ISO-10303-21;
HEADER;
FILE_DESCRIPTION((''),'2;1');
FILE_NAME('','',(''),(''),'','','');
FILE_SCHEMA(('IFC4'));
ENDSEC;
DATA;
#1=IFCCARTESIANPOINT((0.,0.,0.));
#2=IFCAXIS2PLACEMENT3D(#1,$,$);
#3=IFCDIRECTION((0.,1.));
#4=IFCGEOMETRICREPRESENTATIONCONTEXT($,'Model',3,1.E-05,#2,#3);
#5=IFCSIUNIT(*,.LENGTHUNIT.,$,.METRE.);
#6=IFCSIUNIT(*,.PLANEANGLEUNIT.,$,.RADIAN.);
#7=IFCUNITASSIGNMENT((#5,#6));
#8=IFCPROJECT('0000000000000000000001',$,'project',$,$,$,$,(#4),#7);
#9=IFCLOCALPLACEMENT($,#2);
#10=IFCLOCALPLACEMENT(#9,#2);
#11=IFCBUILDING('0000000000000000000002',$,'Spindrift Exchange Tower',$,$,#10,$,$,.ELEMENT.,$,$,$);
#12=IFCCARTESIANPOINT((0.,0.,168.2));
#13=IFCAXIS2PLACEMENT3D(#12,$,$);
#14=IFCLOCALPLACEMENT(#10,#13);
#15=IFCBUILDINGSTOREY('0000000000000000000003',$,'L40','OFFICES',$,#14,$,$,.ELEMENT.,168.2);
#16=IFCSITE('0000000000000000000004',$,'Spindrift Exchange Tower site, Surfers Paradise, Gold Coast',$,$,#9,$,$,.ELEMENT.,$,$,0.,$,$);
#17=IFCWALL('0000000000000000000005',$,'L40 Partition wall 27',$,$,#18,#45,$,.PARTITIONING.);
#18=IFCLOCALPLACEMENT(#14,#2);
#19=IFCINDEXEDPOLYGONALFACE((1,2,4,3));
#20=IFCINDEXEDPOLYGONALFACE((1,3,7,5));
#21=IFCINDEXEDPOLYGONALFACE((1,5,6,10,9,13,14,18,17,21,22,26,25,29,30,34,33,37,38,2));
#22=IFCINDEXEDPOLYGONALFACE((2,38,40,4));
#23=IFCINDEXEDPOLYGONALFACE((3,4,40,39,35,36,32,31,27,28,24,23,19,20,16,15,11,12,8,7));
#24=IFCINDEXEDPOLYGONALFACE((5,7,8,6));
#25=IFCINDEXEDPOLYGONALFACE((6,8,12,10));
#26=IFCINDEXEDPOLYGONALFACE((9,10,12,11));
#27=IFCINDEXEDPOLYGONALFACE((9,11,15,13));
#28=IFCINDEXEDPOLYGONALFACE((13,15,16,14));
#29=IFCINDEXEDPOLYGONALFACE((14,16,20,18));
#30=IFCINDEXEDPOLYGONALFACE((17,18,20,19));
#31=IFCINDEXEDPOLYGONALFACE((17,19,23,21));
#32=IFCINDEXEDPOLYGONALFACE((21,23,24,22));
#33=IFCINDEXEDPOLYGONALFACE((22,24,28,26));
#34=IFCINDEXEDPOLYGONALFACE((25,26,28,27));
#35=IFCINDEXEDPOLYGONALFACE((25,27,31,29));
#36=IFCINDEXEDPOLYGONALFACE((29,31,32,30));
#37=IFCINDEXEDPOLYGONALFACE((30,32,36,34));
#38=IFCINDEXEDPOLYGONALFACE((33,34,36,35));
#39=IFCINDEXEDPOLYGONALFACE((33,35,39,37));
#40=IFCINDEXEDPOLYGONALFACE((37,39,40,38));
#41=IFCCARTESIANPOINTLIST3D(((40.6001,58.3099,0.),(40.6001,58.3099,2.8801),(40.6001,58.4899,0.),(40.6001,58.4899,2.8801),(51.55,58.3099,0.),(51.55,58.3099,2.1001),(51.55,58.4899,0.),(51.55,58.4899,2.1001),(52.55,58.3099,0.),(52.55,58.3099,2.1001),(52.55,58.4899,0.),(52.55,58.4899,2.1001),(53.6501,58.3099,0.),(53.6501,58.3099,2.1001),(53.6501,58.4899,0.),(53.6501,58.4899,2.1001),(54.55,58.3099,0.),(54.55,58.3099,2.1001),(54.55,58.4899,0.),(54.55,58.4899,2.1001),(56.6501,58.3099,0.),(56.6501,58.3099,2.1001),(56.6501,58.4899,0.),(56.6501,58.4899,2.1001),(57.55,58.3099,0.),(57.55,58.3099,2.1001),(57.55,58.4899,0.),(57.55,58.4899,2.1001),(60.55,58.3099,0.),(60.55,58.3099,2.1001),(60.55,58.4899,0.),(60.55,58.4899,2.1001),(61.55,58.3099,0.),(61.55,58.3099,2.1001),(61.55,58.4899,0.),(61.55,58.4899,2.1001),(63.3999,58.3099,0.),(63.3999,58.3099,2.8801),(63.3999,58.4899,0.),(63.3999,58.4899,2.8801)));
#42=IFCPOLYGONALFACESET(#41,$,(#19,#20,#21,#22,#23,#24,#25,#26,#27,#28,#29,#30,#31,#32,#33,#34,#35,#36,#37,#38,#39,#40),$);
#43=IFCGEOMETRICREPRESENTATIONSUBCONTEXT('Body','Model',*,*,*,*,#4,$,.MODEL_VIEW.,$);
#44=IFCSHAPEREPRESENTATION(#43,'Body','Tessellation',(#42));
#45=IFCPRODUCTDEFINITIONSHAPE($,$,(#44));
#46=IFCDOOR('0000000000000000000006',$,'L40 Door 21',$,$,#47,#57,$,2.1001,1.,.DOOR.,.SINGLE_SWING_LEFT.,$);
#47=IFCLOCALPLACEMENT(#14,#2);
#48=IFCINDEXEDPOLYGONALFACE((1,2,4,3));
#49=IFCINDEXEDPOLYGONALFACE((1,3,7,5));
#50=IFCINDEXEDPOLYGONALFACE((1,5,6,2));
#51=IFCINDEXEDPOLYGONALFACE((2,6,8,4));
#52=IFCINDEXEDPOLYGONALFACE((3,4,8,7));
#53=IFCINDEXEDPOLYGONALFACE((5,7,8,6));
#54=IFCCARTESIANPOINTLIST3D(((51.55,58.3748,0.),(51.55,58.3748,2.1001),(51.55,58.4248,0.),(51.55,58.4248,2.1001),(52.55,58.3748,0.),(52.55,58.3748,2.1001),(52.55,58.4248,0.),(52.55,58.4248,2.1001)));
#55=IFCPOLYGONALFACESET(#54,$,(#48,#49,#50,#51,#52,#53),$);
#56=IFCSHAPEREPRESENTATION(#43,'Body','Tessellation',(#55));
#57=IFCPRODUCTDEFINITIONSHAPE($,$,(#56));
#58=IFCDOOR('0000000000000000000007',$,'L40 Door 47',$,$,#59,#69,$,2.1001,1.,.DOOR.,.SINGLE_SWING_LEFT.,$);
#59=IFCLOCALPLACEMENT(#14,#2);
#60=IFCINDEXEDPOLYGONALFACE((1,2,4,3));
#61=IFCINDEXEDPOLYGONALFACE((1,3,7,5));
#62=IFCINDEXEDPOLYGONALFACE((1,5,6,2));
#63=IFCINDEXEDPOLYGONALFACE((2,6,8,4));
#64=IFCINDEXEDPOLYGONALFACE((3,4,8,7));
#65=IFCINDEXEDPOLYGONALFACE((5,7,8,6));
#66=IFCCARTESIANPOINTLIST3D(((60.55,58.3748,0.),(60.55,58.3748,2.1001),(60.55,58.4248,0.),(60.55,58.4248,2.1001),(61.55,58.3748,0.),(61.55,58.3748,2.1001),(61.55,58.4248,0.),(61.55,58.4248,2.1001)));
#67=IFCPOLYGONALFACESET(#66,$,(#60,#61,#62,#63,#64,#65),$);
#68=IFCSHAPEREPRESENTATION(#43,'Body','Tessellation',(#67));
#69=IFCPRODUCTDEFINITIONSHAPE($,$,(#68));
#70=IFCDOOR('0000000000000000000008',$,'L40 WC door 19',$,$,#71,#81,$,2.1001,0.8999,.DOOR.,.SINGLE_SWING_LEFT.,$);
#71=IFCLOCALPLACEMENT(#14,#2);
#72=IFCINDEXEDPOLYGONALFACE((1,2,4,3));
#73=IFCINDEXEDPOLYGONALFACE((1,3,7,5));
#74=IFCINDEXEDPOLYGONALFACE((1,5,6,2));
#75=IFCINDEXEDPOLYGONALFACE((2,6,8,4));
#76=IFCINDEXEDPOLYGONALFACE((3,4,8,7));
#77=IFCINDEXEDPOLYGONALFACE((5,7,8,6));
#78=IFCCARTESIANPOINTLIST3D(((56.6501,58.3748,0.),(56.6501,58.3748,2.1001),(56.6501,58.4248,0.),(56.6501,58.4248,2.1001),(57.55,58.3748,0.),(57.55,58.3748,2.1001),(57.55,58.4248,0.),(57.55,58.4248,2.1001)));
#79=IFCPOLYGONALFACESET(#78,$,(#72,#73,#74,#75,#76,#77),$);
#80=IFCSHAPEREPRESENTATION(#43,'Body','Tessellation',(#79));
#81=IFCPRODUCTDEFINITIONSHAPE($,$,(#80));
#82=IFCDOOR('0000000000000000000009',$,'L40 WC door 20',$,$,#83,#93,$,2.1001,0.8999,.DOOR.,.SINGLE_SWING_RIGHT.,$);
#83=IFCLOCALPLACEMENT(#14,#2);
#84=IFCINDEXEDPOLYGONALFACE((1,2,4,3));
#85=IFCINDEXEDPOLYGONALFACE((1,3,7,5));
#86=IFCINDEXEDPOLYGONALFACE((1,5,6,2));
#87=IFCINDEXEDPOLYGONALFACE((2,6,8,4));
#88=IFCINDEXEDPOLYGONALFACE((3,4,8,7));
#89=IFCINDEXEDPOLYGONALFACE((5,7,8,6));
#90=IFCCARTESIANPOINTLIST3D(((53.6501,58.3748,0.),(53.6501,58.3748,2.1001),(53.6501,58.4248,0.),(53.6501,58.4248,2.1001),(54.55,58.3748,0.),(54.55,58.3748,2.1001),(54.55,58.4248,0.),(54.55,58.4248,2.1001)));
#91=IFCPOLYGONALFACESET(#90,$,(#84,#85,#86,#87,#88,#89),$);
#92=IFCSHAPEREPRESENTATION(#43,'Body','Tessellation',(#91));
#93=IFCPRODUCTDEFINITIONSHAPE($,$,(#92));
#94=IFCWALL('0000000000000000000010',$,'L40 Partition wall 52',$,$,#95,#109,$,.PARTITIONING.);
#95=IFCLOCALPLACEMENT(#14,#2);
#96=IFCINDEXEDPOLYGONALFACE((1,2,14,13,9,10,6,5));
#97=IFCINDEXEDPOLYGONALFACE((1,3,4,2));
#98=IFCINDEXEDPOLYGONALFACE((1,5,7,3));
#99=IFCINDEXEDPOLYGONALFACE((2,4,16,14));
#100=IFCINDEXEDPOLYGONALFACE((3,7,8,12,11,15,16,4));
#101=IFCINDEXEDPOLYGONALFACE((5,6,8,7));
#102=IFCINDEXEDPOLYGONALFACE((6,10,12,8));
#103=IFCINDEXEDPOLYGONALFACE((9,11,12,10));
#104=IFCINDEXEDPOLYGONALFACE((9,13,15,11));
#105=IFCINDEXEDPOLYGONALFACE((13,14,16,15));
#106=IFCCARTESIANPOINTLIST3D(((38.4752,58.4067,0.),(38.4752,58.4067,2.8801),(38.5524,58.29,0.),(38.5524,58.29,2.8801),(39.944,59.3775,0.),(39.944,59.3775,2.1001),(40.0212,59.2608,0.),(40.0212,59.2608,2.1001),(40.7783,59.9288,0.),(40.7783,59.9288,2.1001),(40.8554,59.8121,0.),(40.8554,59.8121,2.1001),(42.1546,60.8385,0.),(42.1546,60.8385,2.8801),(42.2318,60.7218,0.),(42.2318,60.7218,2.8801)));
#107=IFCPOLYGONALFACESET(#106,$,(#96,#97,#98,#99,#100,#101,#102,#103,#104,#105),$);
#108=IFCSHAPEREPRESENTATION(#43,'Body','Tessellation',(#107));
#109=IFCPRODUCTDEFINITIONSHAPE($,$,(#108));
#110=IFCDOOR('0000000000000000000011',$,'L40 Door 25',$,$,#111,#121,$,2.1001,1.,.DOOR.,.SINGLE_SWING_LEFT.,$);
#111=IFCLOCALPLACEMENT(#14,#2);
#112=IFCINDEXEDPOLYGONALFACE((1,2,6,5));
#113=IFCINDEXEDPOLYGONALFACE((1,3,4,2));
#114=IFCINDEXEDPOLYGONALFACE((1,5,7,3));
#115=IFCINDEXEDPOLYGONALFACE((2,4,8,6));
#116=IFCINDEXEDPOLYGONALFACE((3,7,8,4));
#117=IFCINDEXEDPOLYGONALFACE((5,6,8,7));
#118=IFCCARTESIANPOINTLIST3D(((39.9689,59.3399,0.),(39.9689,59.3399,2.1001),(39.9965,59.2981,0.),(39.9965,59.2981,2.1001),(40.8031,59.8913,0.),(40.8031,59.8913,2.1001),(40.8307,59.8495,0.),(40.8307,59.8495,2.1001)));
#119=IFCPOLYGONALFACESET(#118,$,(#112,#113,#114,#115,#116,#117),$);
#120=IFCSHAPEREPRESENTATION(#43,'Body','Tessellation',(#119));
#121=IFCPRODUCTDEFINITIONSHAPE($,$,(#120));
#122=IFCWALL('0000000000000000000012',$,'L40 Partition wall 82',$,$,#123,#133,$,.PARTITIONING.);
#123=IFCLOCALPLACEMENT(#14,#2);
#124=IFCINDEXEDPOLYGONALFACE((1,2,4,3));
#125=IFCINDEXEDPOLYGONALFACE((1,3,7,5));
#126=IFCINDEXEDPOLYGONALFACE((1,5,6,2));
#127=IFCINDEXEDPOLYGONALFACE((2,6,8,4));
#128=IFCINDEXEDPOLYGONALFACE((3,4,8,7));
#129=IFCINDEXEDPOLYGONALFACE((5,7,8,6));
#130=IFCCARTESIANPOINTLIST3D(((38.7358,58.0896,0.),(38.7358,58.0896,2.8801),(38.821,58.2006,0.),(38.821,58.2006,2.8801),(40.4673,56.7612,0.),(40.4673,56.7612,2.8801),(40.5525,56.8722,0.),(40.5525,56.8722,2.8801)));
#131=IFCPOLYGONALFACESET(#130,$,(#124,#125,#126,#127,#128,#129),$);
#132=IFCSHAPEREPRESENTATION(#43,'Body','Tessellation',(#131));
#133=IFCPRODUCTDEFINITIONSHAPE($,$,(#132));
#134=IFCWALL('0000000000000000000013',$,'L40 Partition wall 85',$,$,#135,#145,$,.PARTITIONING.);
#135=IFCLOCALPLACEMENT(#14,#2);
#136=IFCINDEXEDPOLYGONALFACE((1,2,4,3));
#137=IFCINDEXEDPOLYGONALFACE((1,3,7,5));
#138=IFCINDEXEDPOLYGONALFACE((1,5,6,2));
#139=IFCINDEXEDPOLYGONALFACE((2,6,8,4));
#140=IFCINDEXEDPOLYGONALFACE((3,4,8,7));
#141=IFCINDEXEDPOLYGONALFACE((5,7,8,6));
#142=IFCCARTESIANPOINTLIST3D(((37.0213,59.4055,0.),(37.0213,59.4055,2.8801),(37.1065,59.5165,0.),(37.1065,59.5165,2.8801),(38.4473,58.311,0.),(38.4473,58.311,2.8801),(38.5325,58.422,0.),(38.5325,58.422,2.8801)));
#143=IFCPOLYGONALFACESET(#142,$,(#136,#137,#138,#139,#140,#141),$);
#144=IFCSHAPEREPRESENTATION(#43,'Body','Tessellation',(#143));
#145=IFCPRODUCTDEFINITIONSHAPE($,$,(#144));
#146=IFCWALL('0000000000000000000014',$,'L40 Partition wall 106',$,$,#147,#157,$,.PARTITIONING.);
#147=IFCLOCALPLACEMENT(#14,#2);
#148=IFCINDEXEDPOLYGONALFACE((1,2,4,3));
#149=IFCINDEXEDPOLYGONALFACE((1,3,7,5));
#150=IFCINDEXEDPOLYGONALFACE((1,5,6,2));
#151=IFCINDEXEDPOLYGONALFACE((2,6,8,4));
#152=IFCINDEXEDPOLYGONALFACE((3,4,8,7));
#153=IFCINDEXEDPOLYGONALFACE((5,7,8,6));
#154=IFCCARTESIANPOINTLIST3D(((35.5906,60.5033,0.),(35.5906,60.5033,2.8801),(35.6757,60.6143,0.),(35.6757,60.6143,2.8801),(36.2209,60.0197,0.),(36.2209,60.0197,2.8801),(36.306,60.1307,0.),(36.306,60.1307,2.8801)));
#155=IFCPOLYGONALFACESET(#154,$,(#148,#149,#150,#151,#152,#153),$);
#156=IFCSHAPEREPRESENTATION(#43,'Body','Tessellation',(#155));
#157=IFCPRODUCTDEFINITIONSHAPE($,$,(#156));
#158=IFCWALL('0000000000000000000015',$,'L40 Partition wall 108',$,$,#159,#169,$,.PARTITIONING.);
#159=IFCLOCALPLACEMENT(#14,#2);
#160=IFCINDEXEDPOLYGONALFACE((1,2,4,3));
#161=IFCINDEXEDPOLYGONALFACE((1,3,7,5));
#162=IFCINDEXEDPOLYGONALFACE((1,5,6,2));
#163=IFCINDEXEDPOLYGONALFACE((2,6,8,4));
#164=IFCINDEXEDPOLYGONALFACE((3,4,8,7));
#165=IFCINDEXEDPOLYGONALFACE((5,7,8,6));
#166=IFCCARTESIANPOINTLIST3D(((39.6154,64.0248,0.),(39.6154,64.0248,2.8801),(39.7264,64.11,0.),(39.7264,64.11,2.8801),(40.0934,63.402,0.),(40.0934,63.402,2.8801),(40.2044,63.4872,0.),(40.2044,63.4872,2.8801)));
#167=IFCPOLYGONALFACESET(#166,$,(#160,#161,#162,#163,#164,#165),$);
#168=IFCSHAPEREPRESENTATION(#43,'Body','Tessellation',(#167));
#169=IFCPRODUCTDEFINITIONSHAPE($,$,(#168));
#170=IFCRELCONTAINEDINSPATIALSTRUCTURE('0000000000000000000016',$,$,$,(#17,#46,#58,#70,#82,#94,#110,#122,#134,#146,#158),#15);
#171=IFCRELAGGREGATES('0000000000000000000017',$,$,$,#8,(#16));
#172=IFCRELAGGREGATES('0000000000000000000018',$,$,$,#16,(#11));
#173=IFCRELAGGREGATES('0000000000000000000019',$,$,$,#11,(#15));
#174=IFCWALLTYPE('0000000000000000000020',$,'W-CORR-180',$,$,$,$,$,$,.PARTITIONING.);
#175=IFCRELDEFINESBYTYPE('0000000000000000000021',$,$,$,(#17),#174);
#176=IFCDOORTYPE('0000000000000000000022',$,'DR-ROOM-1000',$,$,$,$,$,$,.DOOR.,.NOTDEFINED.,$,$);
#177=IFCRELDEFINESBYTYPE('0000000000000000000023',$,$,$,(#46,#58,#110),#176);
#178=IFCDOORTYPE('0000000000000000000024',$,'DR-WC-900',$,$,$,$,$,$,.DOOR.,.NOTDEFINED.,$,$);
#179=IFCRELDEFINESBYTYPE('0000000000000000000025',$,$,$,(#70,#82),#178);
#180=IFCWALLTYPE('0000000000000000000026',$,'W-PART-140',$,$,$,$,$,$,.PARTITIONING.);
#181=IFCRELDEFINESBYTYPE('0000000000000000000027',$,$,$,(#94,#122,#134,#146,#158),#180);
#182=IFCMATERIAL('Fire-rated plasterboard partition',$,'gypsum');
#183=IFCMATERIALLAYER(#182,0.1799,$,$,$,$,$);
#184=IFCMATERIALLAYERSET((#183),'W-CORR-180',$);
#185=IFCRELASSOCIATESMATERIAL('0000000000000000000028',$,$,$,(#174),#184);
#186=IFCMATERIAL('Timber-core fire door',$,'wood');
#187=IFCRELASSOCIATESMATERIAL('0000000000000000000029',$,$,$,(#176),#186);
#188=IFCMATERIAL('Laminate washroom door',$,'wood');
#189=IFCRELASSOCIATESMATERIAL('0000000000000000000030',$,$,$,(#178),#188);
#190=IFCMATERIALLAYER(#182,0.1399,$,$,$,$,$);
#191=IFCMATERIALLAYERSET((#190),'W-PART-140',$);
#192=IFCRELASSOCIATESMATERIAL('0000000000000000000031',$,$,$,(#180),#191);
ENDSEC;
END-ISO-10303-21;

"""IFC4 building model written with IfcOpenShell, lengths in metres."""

from ifc_helpers import new_model, si_unit, direction, frame, frame_2d, origin, place, context, subcontext, project, spatial, rectangle, extrude, source, transform, mapped, material, layer, layer_set, type_object, element, fill, save


model = new_model("IFC4")

# Units and contexts
model_context = context("Model", 3, precision=1e-05, world=origin(), true_north=direction((0.0, 1.0)))
body_context = subcontext(model_context, "Body", "Model", "MODEL_VIEW")
ifc_project = project(units=[si_unit("LENGTHUNIT", "METRE"), si_unit("PLANEANGLEUNIT", "RADIAN")], contexts=[model_context])

# Site, building, storey
site_placement = place(None, origin())
site = spatial("IfcSite", under=ifc_project, at=site_placement, Name="Spindrift Exchange Tower site, Surfers Paradise, Gold Coast", CompositionType="ELEMENT", RefElevation=0.0)
building_placement = place(site_placement, origin())
building = spatial("IfcBuilding", under=site, at=building_placement, Name="Spindrift Exchange Tower", CompositionType="ELEMENT")
storey_placement = place(building_placement, frame((0.0, 0.0, 168.2)))
storey = spatial("IfcBuildingStorey", under=building, at=storey_placement, Name="L40", Description="OFFICES", CompositionType="ELEMENT", Elevation=168.2)

# Wall, openings, doors
ifc_material_1 = material(Name="Fire-rated plasterboard partition", Category="gypsum")
ifc_layer_1 = layer(ifc_material_1, 0.1799)
ifc_layer_set_1 = layer_set([ifc_layer_1], Name="W-CORR-180")
wall_type_1 = type_object("IfcWallType", Name="W-CORR-180", PredefinedType="PARTITIONING", material=ifc_layer_set_1)
wall_1_placement = place(storey_placement, frame((40.6001, 58.3999, 0.0), z_axis=(0.0, 0.0, 1.0), x_axis=(1.0, 0.0, 0.0)))
wall_1 = element("IfcWall", 1, at=wall_1_placement, inside=storey, type_object=wall_type_1, Name="L40 Partition wall 27", PredefinedType="PARTITIONING", context=body_context, shape_type="SweptSolid", body=[
    extrude(rectangle(XDim=22.7998, YDim=0.1799, at=frame_2d((11.3999, 0.0))), origin(), (0.0, 0.0, 1.0), 2.8801),
])
opening_1_placement = place(wall_1_placement, frame((16.05, 0.0, 0.0)))
opening_1 = element("IfcOpeningElement", 2, at=opening_1_placement, cuts=wall_1, PredefinedType="OPENING", context=body_context, shape_type="SweptSolid", body=[
    extrude(rectangle(XDim=0.8999, YDim=2.1001, at=frame_2d((0.45, 1.05))), frame((0.0, 0.0999, 0.0), z_axis=(0.0, -1.0, 0.0), x_axis=(1.0, 0.0, 0.0)), (0.0, 0.0, 1.0), 0.2),
])
opening_2_placement = place(wall_1_placement, frame((13.05, 0.0, 0.0)))
opening_2 = element("IfcOpeningElement", 3, at=opening_2_placement, cuts=wall_1, PredefinedType="OPENING", context=body_context, shape_type="SweptSolid", body=[
    extrude(rectangle(XDim=0.8999, YDim=2.1001, at=frame_2d((0.45, 1.05))), frame((0.0, 0.0999, 0.0), z_axis=(0.0, -1.0, 0.0), x_axis=(1.0, 0.0, 0.0)), (0.0, 0.0, 1.0), 0.2),
])
opening_3_placement = place(wall_1_placement, frame((10.95, 0.0, 0.0)))
opening_3 = element("IfcOpeningElement", 4, at=opening_3_placement, cuts=wall_1, PredefinedType="OPENING", context=body_context, shape_type="SweptSolid", body=[
    extrude(rectangle(XDim=1.0, YDim=2.1001, at=frame_2d((0.5, 1.05))), frame((0.0, 0.0999, 0.0), z_axis=(0.0, -1.0, 0.0), x_axis=(1.0, 0.0, 0.0)), (0.0, 0.0, 1.0), 0.2),
])
opening_4_placement = place(wall_1_placement, frame((19.95, 0.0, 0.0)))
opening_4 = element("IfcOpeningElement", 5, at=opening_4_placement, cuts=wall_1, PredefinedType="OPENING", context=body_context, shape_type="SweptSolid", body=[
    extrude(rectangle(XDim=1.0, YDim=2.1001, at=frame_2d((0.5, 1.05))), frame((0.0, 0.0999, 0.0), z_axis=(0.0, -1.0, 0.0), x_axis=(1.0, 0.0, 0.0)), (0.0, 0.0, 1.0), 0.2),
])
ifc_material_2 = material(Name="Timber-core fire door", Category="wood")
door_type_1 = type_object("IfcDoorType", Name="DR-ROOM-1000", OperationType="NOTDEFINED", PredefinedType="DOOR", material=ifc_material_2)
shared_shape_1 = source(origin(), body_context, "Body", "SweptSolid", [
    extrude(rectangle(XDim=1.0, YDim=2.1001, at=frame_2d((0.5, 1.05))), frame((0.0, 0.0249, 0.0), z_axis=(0.0, -1.0, 0.0), x_axis=(1.0, 0.0, 0.0)), (0.0, 0.0, 1.0), 0.05),
])
door_1_placement = place(opening_3_placement, origin())
door_1 = element("IfcDoor", 6, at=door_1_placement, inside=storey, type_object=door_type_1, Name="L40 Door 21", OperationType="SINGLE_SWING_LEFT", OverallHeight=2.1001, OverallWidth=1.0, PredefinedType="DOOR", context=body_context, shape_type="MappedRepresentation", body=[
    mapped(shared_shape_1, transform((0.0, 0.0, 0.0), scale=1.0)),
])
fill(opening_3, door_1)
door_2_placement = place(opening_4_placement, origin())
door_2 = element("IfcDoor", 7, at=door_2_placement, inside=storey, type_object=door_type_1, Name="L40 Door 47", OperationType="SINGLE_SWING_LEFT", OverallHeight=2.1001, OverallWidth=1.0, PredefinedType="DOOR", context=body_context, shape_type="MappedRepresentation", body=[
    mapped(shared_shape_1, transform((0.0, 0.0, 0.0), scale=1.0)),
])
fill(opening_4, door_2)
ifc_material_3 = material(Name="Laminate washroom door", Category="wood")
door_type_2 = type_object("IfcDoorType", Name="DR-WC-900", OperationType="NOTDEFINED", PredefinedType="DOOR", material=ifc_material_3)
shared_shape_2 = source(origin(), body_context, "Body", "SweptSolid", [
    extrude(rectangle(XDim=0.8999, YDim=2.1001, at=frame_2d((0.45, 1.05))), frame((0.0, 0.0249, 0.0), z_axis=(0.0, -1.0, 0.0), x_axis=(1.0, 0.0, 0.0)), (0.0, 0.0, 1.0), 0.05),
])
door_3_placement = place(opening_1_placement, origin())
door_3 = element("IfcDoor", 8, at=door_3_placement, inside=storey, type_object=door_type_2, Name="L40 WC door 19", OperationType="SINGLE_SWING_LEFT", OverallHeight=2.1001, OverallWidth=0.8999, PredefinedType="DOOR", context=body_context, shape_type="MappedRepresentation", body=[
    mapped(shared_shape_2, transform((0.0, 0.0, 0.0), scale=1.0)),
])
fill(opening_1, door_3)
door_4_placement = place(opening_2_placement, origin())
door_4 = element("IfcDoor", 9, at=door_4_placement, inside=storey, type_object=door_type_2, Name="L40 WC door 20", OperationType="SINGLE_SWING_RIGHT", OverallHeight=2.1001, OverallWidth=0.8999, PredefinedType="DOOR", context=body_context, shape_type="MappedRepresentation", body=[
    mapped(shared_shape_2, transform((0.0, 0.0, 0.0), scale=1.0)),
])
fill(opening_2, door_4)

# Wall, opening, door
ifc_layer_2 = layer(ifc_material_1, 0.1399)
ifc_layer_set_2 = layer_set([ifc_layer_2], Name="W-PART-140")
wall_type_2 = type_object("IfcWallType", Name="W-PART-140", PredefinedType="PARTITIONING", material=ifc_layer_set_2)
wall_2_placement = place(storey_placement, frame((38.5139, 58.3484, 0.0), z_axis=(0.0, 0.0, 1.0), x_axis=(0.834249, 0.551387, 0.0)))
wall_2 = element("IfcWall", 10, at=wall_2_placement, inside=storey, type_object=wall_type_2, Name="L40 Partition wall 52", PredefinedType="PARTITIONING", context=body_context, shape_type="SweptSolid", body=[
    extrude(rectangle(XDim=4.4104, YDim=0.1399, at=frame_2d((2.2051, 0.0))), origin(), (0.0, 0.0, 1.0), 2.8801),
])
opening_5_placement = place(wall_2_placement, frame((1.7605, 0.0, 0.0)))
opening_5 = element("IfcOpeningElement", 11, at=opening_5_placement, cuts=wall_2, PredefinedType="OPENING", context=body_context, shape_type="SweptSolid", body=[
    extrude(rectangle(XDim=1.0, YDim=2.1001, at=frame_2d((0.5, 1.05))), frame((0.0, 0.0798, 0.0), z_axis=(0.0, -1.0, 0.0), x_axis=(1.0, 0.0, 0.0)), (0.0, 0.0, 1.0), 0.1599),
])
door_5_placement = place(opening_5_placement, origin())
door_5 = element("IfcDoor", 12, at=door_5_placement, inside=storey, type_object=door_type_1, Name="L40 Door 25", OperationType="SINGLE_SWING_LEFT", OverallHeight=2.1001, OverallWidth=1.0, PredefinedType="DOOR", context=body_context, shape_type="MappedRepresentation", body=[
    mapped(shared_shape_1, transform((0.0, 0.0, 0.0), scale=1.0)),
])
fill(opening_5, door_5)

# Walls
wall_3_placement = place(storey_placement, frame((40.51, 56.8167, 0.0), z_axis=(0.0, 0.0, 1.0), x_axis=(-0.793401, 0.608699, 0.0)))
element("IfcWall", 13, at=wall_3_placement, inside=storey, type_object=wall_type_2, Name="L40 Partition wall 82", PredefinedType="PARTITIONING", context=body_context, shape_type="SweptSolid", body=[
    extrude(rectangle(XDim=2.1824, YDim=0.1399, at=frame_2d((1.0913, 0.0))), origin(), (0.0, 0.0, 1.0), 2.8801),
])
wall_4_placement = place(storey_placement, frame((38.49, 58.3665, 0.0), z_axis=(0.0, 0.0, 1.0), x_axis=(-0.793285, 0.608851, 0.0)))
element("IfcWall", 14, at=wall_4_placement, inside=storey, type_object=wall_type_2, Name="L40 Partition wall 85", PredefinedType="PARTITIONING", context=body_context, shape_type="SweptSolid", body=[
    extrude(rectangle(XDim=1.7976, YDim=0.1399, at=frame_2d((0.8989, 0.0))), origin(), (0.0, 0.0, 1.0), 2.8801),
])
wall_5_placement = place(storey_placement, frame((36.2634, 60.0752, 0.0), z_axis=(0.0, 0.0, 1.0), x_axis=(-0.793389, 0.608715, 0.0)))
element("IfcWall", 15, at=wall_5_placement, inside=storey, type_object=wall_type_2, Name="L40 Partition wall 106", PredefinedType="PARTITIONING", context=body_context, shape_type="SweptSolid", body=[
    extrude(rectangle(XDim=0.7944, YDim=0.1399, at=frame_2d((0.3972, 0.0))), origin(), (0.0, 0.0, 1.0), 2.8801),
])
wall_6_placement = place(storey_placement, frame((40.1489, 63.4446, 0.0), z_axis=(0.0, 0.0, 1.0), x_axis=(-0.608869, 0.793271, 0.0)))
element("IfcWall", 16, at=wall_6_placement, inside=storey, type_object=wall_type_2, Name="L40 Partition wall 108", PredefinedType="PARTITIONING", context=body_context, shape_type="SweptSolid", body=[
    extrude(rectangle(XDim=0.7852, YDim=0.1399, at=frame_2d((0.3926, 0.0))), origin(), (0.0, 0.0, 1.0), 2.8801),
])

save(model, "model.ifc")
